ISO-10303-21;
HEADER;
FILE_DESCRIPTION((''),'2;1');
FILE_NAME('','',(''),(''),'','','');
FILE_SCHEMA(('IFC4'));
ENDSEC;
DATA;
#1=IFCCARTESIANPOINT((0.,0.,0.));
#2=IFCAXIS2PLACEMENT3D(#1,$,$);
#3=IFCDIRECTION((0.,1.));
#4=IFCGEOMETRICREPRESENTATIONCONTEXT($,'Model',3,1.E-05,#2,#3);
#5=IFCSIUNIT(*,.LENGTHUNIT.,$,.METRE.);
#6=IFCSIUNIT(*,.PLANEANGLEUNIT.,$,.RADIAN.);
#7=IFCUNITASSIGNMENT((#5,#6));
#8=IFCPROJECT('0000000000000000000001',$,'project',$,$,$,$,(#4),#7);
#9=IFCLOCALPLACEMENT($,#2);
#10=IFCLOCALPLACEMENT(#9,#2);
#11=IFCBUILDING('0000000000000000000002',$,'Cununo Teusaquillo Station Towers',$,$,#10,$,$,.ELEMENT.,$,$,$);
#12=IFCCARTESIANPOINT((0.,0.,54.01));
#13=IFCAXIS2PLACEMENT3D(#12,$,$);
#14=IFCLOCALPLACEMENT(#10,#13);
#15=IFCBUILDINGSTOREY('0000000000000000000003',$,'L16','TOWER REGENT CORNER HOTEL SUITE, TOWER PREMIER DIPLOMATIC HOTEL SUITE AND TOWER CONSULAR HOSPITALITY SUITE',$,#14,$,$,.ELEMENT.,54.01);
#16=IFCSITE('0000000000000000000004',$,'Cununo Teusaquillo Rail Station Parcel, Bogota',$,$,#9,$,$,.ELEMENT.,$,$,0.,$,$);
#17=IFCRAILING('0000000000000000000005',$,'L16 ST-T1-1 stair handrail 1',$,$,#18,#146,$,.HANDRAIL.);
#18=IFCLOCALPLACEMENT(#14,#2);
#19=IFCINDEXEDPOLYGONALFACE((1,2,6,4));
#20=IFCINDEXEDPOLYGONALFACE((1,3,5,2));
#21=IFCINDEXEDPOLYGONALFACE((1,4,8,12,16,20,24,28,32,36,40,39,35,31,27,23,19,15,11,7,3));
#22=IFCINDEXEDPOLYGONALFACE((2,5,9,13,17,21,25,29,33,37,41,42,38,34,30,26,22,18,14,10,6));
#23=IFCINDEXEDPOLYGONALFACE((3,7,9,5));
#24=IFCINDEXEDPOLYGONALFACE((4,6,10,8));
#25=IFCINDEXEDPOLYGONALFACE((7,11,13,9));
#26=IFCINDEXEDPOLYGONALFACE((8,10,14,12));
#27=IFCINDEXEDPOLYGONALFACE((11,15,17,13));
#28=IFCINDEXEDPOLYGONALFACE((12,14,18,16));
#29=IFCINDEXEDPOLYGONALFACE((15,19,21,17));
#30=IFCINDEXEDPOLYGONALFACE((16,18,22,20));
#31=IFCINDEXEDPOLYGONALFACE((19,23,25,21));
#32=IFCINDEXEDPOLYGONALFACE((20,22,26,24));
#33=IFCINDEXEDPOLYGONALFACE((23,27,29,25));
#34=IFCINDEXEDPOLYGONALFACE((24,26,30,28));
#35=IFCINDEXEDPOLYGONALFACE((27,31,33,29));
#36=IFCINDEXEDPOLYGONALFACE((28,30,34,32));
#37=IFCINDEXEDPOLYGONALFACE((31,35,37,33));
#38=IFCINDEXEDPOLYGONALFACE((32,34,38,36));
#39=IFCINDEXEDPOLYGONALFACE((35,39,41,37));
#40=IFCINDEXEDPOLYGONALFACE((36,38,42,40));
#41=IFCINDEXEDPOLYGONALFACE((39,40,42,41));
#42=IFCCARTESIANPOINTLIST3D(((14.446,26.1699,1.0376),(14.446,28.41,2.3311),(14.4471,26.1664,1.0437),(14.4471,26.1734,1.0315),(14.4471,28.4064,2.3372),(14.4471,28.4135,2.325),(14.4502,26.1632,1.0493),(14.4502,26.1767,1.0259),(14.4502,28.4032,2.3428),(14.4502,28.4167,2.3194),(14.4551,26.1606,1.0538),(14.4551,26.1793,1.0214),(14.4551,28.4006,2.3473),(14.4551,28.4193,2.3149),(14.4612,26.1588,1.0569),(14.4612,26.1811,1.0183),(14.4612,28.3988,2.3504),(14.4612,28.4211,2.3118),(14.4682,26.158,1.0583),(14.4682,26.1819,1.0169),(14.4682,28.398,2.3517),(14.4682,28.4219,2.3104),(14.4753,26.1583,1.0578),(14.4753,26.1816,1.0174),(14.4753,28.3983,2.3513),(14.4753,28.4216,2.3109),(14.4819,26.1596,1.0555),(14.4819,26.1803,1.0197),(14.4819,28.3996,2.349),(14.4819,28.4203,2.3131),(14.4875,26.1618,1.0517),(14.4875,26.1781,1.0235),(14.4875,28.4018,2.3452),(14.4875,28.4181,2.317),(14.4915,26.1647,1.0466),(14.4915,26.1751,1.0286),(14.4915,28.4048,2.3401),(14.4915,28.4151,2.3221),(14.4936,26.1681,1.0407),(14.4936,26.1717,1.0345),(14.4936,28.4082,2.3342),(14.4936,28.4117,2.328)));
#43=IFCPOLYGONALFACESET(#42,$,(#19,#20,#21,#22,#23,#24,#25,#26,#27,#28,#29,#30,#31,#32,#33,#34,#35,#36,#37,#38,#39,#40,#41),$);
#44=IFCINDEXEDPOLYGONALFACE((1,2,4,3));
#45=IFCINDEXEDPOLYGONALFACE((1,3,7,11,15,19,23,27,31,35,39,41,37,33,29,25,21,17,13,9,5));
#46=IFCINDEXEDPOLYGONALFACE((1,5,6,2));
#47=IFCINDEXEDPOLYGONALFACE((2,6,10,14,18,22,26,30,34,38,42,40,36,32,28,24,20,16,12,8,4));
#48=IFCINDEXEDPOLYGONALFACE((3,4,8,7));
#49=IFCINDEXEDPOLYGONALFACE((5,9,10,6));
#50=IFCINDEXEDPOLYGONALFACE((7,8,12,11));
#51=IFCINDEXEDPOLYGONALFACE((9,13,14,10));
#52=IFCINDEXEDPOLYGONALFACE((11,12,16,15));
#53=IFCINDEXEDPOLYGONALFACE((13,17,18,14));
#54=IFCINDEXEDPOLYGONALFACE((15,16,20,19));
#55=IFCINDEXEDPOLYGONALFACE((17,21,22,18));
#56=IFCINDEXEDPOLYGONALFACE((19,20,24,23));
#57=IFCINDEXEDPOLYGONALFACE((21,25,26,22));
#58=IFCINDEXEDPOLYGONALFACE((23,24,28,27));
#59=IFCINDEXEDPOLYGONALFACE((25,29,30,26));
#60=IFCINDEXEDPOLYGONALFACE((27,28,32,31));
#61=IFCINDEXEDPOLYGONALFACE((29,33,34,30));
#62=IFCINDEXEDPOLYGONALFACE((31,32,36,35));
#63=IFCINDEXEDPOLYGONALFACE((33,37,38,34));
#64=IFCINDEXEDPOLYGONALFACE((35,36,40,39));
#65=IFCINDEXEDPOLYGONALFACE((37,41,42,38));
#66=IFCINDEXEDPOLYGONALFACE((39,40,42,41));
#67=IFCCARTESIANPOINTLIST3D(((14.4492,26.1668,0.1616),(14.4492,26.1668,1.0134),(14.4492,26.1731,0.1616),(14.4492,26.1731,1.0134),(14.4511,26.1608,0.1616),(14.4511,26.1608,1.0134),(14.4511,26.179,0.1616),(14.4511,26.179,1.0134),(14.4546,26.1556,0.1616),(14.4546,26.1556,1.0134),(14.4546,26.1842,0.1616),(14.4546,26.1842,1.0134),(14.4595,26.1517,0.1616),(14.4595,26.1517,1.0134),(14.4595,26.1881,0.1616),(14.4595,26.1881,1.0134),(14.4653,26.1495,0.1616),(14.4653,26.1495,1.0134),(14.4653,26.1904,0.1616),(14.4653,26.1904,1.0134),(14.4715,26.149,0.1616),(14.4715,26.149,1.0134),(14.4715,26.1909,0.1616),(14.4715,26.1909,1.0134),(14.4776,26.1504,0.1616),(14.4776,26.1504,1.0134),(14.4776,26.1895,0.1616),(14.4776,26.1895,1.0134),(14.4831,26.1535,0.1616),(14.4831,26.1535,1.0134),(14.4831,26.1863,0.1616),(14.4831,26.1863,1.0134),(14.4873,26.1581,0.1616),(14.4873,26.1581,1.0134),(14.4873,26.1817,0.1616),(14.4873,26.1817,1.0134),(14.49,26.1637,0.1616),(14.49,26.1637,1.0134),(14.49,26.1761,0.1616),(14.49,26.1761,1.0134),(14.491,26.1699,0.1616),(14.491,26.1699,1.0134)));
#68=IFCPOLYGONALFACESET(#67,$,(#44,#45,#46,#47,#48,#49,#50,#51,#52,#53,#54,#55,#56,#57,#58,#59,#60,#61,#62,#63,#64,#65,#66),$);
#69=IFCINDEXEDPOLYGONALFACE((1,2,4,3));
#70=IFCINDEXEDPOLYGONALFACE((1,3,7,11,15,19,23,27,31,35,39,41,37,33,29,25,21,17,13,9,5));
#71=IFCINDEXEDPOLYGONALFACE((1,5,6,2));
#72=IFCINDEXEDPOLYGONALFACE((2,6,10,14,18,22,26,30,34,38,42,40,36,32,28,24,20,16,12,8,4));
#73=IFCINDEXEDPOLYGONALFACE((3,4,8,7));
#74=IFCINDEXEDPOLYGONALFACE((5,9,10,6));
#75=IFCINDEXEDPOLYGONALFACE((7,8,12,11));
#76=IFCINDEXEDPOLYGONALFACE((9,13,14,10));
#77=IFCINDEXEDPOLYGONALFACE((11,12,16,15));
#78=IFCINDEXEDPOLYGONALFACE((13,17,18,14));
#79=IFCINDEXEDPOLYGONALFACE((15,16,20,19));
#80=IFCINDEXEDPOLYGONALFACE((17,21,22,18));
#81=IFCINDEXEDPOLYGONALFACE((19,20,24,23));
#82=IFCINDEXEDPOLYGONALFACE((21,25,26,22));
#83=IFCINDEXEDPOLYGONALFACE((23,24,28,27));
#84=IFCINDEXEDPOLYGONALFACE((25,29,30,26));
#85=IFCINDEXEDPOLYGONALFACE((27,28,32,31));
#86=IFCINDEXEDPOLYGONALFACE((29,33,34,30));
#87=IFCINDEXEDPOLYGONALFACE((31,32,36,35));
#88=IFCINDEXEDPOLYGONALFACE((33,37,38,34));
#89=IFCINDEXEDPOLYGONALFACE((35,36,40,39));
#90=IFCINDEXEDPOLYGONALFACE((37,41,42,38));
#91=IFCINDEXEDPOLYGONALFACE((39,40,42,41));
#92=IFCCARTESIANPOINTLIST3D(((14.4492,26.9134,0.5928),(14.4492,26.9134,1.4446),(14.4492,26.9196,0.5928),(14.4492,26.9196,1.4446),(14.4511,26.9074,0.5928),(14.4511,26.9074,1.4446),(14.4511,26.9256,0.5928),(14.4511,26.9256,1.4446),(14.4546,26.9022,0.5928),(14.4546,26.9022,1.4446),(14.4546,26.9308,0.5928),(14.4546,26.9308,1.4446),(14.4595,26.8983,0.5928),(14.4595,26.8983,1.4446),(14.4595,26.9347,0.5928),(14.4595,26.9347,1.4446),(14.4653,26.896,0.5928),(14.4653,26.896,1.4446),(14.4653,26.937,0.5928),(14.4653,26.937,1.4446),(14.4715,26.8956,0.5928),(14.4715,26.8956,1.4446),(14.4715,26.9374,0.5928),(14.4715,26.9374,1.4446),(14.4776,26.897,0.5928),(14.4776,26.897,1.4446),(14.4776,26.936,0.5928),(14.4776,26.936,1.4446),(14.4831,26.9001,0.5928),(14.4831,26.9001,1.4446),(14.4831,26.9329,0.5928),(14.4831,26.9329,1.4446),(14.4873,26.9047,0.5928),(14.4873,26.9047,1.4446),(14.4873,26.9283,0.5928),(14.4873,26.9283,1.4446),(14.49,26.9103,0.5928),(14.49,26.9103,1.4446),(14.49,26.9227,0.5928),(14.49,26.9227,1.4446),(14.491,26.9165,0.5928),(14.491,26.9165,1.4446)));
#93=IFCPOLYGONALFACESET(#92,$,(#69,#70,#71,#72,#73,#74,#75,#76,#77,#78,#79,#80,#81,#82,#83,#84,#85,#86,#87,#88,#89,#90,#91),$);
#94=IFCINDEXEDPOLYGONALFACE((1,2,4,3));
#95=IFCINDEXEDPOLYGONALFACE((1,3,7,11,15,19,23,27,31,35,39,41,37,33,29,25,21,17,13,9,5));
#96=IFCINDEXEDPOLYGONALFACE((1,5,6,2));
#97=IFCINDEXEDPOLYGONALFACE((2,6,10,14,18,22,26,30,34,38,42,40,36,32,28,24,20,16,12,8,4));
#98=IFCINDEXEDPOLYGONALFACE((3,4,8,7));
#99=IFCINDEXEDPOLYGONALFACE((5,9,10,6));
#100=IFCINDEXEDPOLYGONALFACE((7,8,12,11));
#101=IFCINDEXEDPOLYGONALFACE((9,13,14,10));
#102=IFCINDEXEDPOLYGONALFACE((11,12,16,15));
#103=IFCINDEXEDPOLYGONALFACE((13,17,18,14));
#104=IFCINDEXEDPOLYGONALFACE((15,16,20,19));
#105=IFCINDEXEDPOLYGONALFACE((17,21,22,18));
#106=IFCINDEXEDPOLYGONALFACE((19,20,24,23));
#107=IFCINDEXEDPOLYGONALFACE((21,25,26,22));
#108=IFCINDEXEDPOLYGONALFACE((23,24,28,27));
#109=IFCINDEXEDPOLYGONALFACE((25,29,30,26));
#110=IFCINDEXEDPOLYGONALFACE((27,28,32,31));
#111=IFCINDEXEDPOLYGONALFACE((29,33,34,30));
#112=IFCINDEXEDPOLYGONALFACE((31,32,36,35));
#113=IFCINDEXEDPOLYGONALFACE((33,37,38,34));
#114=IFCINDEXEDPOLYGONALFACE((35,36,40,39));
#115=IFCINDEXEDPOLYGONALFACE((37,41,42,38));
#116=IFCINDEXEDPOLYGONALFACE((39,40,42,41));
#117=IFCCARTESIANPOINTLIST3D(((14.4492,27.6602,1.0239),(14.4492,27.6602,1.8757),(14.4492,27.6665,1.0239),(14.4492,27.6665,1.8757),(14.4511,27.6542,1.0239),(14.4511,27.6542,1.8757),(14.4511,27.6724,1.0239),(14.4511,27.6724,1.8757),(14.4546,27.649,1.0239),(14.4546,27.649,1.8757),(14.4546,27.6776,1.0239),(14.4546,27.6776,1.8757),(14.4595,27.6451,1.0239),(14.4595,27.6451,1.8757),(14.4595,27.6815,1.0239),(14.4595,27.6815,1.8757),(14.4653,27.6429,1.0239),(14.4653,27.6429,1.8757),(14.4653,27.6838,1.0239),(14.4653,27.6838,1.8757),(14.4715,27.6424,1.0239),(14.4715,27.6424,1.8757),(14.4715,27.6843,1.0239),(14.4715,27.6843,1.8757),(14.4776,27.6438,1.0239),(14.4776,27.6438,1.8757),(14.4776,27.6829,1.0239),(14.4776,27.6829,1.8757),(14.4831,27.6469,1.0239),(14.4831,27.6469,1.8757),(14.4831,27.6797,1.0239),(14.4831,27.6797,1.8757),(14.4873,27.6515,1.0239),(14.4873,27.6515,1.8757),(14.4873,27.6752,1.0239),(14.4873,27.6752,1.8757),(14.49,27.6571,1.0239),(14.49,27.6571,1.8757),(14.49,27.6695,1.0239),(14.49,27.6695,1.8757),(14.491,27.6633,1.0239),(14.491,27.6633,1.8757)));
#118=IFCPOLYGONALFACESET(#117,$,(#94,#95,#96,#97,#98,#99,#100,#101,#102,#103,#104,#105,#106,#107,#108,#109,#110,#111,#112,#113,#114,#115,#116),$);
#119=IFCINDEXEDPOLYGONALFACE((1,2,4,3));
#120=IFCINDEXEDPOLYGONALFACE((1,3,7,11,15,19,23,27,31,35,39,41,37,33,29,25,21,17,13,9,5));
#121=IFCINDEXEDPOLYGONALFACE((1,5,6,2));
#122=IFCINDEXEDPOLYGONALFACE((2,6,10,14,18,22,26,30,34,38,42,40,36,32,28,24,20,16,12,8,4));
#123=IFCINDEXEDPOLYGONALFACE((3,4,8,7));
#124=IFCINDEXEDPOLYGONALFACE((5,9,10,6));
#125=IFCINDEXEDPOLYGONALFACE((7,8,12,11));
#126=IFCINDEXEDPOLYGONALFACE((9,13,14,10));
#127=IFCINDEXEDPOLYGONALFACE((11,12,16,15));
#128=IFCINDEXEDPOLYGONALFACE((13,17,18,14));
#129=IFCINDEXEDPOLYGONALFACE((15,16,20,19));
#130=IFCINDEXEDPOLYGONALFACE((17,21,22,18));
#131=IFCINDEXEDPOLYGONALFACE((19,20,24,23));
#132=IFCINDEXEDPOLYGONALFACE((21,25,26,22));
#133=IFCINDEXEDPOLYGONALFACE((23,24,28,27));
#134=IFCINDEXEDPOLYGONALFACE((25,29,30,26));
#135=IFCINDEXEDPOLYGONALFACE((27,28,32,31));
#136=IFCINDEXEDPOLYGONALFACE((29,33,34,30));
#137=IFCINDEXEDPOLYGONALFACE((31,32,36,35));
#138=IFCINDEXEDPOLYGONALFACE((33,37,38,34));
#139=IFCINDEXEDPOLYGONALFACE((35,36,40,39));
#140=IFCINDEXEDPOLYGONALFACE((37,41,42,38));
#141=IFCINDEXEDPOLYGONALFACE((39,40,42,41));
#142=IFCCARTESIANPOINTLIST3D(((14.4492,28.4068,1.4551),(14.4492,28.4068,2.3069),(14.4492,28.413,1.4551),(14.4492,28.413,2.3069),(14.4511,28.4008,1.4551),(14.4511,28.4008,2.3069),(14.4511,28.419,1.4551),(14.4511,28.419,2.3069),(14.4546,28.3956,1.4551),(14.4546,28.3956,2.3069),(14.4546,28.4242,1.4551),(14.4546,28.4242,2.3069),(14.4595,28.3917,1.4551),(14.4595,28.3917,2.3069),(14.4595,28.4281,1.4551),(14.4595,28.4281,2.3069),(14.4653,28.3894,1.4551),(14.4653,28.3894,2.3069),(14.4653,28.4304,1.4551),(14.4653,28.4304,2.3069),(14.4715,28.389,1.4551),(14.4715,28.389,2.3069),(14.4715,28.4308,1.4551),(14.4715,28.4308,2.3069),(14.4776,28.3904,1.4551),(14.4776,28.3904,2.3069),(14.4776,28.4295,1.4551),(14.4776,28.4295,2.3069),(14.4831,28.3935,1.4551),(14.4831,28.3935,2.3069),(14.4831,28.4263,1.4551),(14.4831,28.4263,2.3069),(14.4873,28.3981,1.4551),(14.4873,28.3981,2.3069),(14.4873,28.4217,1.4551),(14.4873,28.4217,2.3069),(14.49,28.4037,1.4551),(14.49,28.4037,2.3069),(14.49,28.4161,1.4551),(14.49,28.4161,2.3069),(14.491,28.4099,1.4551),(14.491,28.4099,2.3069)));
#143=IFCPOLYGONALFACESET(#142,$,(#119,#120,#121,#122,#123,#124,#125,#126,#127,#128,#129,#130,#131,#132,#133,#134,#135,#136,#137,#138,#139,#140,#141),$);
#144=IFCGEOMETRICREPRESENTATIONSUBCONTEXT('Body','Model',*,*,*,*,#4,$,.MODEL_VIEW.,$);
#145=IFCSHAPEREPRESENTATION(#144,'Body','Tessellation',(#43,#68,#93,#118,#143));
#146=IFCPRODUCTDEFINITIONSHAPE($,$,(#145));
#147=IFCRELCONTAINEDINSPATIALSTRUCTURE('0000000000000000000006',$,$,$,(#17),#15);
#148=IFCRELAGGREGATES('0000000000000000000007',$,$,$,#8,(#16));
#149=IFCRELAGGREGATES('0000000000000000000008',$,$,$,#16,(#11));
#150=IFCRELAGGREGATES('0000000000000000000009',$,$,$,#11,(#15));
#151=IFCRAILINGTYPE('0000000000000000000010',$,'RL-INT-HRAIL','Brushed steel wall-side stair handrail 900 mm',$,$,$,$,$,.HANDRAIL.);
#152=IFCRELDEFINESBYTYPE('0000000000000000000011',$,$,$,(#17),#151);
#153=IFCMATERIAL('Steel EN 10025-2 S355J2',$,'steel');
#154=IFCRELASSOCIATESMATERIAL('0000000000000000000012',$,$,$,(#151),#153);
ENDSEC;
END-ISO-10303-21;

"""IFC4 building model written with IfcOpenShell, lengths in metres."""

from ifc_helpers import new_model, si_unit, direction, frame, origin, origin_2d, place, context, subcontext, project, spatial, circle, extrude, material, type_object, element, save


model = new_model("IFC4")

# Units and contexts
model_context = context("Model", 3, precision=1e-05, world=origin(), true_north=direction((0.0, 1.0)))
body_context = subcontext(model_context, "Body", "Model", "MODEL_VIEW")
ifc_project = project(units=[si_unit("LENGTHUNIT", "METRE"), si_unit("PLANEANGLEUNIT", "RADIAN")], contexts=[model_context])

# Site, building, storey
site_placement = place(None, origin())
site = spatial("IfcSite", under=ifc_project, at=site_placement, Name="Cununo Teusaquillo Rail Station Parcel, Bogota", CompositionType="ELEMENT", RefElevation=0.0)
building_placement = place(site_placement, origin())
building = spatial("IfcBuilding", under=site, at=building_placement, Name="Cununo Teusaquillo Station Towers", CompositionType="ELEMENT")
storey_placement = place(building_placement, frame((0.0, 0.0, 54.01)))
storey = spatial("IfcBuildingStorey", under=building, at=storey_placement, Name="L16", Description="TOWER REGENT CORNER HOTEL SUITE, TOWER PREMIER DIPLOMATIC HOTEL SUITE AND TOWER CONSULAR HOSPITALITY SUITE", CompositionType="ELEMENT", Elevation=54.01)

# Railing
ifc_material_1 = material(Name="Steel EN 10025-2 S355J2", Category="steel")
railing_type_1 = type_object("IfcRailingType", Name="RL-INT-HRAIL", Description="Brushed steel wall-side stair handrail 900 mm", PredefinedType="HANDRAIL", material=ifc_material_1)
railing_1_placement = place(storey_placement, frame((14.47, 26.1699, 0.1616)))
element("IfcRailing", 1, at=railing_1_placement, inside=storey, type_object=railing_type_1, Name="L16 ST-T1-1 stair handrail 1", PredefinedType="HANDRAIL", context=body_context, shape_type="SweptSolid", body=[
    extrude(circle(Radius=0.0239, at=origin_2d()), frame((0.0, 0.0, 0.876), z_axis=(0.0, 0.865992, 0.500057), x_axis=(-1.0, 0.0, 0.0)), (0.0, 0.0, 1.0), 2.5867),
    extrude(circle(Radius=0.021, at=origin_2d()), origin(), (0.0, 0.0, 1.0), 0.8518),
    extrude(circle(Radius=0.021, at=origin_2d()), frame((0.0, 0.7466, 0.4312)), (0.0, 0.0, 1.0), 0.8518),
    extrude(circle(Radius=0.021, at=origin_2d()), frame((0.0, 1.4934, 0.8623)), (0.0, 0.0, 1.0), 0.8518),
    extrude(circle(Radius=0.021, at=origin_2d()), frame((0.0, 2.24, 1.2935)), (0.0, 0.0, 1.0), 0.8518),
])

save(model, "model.ifc")
